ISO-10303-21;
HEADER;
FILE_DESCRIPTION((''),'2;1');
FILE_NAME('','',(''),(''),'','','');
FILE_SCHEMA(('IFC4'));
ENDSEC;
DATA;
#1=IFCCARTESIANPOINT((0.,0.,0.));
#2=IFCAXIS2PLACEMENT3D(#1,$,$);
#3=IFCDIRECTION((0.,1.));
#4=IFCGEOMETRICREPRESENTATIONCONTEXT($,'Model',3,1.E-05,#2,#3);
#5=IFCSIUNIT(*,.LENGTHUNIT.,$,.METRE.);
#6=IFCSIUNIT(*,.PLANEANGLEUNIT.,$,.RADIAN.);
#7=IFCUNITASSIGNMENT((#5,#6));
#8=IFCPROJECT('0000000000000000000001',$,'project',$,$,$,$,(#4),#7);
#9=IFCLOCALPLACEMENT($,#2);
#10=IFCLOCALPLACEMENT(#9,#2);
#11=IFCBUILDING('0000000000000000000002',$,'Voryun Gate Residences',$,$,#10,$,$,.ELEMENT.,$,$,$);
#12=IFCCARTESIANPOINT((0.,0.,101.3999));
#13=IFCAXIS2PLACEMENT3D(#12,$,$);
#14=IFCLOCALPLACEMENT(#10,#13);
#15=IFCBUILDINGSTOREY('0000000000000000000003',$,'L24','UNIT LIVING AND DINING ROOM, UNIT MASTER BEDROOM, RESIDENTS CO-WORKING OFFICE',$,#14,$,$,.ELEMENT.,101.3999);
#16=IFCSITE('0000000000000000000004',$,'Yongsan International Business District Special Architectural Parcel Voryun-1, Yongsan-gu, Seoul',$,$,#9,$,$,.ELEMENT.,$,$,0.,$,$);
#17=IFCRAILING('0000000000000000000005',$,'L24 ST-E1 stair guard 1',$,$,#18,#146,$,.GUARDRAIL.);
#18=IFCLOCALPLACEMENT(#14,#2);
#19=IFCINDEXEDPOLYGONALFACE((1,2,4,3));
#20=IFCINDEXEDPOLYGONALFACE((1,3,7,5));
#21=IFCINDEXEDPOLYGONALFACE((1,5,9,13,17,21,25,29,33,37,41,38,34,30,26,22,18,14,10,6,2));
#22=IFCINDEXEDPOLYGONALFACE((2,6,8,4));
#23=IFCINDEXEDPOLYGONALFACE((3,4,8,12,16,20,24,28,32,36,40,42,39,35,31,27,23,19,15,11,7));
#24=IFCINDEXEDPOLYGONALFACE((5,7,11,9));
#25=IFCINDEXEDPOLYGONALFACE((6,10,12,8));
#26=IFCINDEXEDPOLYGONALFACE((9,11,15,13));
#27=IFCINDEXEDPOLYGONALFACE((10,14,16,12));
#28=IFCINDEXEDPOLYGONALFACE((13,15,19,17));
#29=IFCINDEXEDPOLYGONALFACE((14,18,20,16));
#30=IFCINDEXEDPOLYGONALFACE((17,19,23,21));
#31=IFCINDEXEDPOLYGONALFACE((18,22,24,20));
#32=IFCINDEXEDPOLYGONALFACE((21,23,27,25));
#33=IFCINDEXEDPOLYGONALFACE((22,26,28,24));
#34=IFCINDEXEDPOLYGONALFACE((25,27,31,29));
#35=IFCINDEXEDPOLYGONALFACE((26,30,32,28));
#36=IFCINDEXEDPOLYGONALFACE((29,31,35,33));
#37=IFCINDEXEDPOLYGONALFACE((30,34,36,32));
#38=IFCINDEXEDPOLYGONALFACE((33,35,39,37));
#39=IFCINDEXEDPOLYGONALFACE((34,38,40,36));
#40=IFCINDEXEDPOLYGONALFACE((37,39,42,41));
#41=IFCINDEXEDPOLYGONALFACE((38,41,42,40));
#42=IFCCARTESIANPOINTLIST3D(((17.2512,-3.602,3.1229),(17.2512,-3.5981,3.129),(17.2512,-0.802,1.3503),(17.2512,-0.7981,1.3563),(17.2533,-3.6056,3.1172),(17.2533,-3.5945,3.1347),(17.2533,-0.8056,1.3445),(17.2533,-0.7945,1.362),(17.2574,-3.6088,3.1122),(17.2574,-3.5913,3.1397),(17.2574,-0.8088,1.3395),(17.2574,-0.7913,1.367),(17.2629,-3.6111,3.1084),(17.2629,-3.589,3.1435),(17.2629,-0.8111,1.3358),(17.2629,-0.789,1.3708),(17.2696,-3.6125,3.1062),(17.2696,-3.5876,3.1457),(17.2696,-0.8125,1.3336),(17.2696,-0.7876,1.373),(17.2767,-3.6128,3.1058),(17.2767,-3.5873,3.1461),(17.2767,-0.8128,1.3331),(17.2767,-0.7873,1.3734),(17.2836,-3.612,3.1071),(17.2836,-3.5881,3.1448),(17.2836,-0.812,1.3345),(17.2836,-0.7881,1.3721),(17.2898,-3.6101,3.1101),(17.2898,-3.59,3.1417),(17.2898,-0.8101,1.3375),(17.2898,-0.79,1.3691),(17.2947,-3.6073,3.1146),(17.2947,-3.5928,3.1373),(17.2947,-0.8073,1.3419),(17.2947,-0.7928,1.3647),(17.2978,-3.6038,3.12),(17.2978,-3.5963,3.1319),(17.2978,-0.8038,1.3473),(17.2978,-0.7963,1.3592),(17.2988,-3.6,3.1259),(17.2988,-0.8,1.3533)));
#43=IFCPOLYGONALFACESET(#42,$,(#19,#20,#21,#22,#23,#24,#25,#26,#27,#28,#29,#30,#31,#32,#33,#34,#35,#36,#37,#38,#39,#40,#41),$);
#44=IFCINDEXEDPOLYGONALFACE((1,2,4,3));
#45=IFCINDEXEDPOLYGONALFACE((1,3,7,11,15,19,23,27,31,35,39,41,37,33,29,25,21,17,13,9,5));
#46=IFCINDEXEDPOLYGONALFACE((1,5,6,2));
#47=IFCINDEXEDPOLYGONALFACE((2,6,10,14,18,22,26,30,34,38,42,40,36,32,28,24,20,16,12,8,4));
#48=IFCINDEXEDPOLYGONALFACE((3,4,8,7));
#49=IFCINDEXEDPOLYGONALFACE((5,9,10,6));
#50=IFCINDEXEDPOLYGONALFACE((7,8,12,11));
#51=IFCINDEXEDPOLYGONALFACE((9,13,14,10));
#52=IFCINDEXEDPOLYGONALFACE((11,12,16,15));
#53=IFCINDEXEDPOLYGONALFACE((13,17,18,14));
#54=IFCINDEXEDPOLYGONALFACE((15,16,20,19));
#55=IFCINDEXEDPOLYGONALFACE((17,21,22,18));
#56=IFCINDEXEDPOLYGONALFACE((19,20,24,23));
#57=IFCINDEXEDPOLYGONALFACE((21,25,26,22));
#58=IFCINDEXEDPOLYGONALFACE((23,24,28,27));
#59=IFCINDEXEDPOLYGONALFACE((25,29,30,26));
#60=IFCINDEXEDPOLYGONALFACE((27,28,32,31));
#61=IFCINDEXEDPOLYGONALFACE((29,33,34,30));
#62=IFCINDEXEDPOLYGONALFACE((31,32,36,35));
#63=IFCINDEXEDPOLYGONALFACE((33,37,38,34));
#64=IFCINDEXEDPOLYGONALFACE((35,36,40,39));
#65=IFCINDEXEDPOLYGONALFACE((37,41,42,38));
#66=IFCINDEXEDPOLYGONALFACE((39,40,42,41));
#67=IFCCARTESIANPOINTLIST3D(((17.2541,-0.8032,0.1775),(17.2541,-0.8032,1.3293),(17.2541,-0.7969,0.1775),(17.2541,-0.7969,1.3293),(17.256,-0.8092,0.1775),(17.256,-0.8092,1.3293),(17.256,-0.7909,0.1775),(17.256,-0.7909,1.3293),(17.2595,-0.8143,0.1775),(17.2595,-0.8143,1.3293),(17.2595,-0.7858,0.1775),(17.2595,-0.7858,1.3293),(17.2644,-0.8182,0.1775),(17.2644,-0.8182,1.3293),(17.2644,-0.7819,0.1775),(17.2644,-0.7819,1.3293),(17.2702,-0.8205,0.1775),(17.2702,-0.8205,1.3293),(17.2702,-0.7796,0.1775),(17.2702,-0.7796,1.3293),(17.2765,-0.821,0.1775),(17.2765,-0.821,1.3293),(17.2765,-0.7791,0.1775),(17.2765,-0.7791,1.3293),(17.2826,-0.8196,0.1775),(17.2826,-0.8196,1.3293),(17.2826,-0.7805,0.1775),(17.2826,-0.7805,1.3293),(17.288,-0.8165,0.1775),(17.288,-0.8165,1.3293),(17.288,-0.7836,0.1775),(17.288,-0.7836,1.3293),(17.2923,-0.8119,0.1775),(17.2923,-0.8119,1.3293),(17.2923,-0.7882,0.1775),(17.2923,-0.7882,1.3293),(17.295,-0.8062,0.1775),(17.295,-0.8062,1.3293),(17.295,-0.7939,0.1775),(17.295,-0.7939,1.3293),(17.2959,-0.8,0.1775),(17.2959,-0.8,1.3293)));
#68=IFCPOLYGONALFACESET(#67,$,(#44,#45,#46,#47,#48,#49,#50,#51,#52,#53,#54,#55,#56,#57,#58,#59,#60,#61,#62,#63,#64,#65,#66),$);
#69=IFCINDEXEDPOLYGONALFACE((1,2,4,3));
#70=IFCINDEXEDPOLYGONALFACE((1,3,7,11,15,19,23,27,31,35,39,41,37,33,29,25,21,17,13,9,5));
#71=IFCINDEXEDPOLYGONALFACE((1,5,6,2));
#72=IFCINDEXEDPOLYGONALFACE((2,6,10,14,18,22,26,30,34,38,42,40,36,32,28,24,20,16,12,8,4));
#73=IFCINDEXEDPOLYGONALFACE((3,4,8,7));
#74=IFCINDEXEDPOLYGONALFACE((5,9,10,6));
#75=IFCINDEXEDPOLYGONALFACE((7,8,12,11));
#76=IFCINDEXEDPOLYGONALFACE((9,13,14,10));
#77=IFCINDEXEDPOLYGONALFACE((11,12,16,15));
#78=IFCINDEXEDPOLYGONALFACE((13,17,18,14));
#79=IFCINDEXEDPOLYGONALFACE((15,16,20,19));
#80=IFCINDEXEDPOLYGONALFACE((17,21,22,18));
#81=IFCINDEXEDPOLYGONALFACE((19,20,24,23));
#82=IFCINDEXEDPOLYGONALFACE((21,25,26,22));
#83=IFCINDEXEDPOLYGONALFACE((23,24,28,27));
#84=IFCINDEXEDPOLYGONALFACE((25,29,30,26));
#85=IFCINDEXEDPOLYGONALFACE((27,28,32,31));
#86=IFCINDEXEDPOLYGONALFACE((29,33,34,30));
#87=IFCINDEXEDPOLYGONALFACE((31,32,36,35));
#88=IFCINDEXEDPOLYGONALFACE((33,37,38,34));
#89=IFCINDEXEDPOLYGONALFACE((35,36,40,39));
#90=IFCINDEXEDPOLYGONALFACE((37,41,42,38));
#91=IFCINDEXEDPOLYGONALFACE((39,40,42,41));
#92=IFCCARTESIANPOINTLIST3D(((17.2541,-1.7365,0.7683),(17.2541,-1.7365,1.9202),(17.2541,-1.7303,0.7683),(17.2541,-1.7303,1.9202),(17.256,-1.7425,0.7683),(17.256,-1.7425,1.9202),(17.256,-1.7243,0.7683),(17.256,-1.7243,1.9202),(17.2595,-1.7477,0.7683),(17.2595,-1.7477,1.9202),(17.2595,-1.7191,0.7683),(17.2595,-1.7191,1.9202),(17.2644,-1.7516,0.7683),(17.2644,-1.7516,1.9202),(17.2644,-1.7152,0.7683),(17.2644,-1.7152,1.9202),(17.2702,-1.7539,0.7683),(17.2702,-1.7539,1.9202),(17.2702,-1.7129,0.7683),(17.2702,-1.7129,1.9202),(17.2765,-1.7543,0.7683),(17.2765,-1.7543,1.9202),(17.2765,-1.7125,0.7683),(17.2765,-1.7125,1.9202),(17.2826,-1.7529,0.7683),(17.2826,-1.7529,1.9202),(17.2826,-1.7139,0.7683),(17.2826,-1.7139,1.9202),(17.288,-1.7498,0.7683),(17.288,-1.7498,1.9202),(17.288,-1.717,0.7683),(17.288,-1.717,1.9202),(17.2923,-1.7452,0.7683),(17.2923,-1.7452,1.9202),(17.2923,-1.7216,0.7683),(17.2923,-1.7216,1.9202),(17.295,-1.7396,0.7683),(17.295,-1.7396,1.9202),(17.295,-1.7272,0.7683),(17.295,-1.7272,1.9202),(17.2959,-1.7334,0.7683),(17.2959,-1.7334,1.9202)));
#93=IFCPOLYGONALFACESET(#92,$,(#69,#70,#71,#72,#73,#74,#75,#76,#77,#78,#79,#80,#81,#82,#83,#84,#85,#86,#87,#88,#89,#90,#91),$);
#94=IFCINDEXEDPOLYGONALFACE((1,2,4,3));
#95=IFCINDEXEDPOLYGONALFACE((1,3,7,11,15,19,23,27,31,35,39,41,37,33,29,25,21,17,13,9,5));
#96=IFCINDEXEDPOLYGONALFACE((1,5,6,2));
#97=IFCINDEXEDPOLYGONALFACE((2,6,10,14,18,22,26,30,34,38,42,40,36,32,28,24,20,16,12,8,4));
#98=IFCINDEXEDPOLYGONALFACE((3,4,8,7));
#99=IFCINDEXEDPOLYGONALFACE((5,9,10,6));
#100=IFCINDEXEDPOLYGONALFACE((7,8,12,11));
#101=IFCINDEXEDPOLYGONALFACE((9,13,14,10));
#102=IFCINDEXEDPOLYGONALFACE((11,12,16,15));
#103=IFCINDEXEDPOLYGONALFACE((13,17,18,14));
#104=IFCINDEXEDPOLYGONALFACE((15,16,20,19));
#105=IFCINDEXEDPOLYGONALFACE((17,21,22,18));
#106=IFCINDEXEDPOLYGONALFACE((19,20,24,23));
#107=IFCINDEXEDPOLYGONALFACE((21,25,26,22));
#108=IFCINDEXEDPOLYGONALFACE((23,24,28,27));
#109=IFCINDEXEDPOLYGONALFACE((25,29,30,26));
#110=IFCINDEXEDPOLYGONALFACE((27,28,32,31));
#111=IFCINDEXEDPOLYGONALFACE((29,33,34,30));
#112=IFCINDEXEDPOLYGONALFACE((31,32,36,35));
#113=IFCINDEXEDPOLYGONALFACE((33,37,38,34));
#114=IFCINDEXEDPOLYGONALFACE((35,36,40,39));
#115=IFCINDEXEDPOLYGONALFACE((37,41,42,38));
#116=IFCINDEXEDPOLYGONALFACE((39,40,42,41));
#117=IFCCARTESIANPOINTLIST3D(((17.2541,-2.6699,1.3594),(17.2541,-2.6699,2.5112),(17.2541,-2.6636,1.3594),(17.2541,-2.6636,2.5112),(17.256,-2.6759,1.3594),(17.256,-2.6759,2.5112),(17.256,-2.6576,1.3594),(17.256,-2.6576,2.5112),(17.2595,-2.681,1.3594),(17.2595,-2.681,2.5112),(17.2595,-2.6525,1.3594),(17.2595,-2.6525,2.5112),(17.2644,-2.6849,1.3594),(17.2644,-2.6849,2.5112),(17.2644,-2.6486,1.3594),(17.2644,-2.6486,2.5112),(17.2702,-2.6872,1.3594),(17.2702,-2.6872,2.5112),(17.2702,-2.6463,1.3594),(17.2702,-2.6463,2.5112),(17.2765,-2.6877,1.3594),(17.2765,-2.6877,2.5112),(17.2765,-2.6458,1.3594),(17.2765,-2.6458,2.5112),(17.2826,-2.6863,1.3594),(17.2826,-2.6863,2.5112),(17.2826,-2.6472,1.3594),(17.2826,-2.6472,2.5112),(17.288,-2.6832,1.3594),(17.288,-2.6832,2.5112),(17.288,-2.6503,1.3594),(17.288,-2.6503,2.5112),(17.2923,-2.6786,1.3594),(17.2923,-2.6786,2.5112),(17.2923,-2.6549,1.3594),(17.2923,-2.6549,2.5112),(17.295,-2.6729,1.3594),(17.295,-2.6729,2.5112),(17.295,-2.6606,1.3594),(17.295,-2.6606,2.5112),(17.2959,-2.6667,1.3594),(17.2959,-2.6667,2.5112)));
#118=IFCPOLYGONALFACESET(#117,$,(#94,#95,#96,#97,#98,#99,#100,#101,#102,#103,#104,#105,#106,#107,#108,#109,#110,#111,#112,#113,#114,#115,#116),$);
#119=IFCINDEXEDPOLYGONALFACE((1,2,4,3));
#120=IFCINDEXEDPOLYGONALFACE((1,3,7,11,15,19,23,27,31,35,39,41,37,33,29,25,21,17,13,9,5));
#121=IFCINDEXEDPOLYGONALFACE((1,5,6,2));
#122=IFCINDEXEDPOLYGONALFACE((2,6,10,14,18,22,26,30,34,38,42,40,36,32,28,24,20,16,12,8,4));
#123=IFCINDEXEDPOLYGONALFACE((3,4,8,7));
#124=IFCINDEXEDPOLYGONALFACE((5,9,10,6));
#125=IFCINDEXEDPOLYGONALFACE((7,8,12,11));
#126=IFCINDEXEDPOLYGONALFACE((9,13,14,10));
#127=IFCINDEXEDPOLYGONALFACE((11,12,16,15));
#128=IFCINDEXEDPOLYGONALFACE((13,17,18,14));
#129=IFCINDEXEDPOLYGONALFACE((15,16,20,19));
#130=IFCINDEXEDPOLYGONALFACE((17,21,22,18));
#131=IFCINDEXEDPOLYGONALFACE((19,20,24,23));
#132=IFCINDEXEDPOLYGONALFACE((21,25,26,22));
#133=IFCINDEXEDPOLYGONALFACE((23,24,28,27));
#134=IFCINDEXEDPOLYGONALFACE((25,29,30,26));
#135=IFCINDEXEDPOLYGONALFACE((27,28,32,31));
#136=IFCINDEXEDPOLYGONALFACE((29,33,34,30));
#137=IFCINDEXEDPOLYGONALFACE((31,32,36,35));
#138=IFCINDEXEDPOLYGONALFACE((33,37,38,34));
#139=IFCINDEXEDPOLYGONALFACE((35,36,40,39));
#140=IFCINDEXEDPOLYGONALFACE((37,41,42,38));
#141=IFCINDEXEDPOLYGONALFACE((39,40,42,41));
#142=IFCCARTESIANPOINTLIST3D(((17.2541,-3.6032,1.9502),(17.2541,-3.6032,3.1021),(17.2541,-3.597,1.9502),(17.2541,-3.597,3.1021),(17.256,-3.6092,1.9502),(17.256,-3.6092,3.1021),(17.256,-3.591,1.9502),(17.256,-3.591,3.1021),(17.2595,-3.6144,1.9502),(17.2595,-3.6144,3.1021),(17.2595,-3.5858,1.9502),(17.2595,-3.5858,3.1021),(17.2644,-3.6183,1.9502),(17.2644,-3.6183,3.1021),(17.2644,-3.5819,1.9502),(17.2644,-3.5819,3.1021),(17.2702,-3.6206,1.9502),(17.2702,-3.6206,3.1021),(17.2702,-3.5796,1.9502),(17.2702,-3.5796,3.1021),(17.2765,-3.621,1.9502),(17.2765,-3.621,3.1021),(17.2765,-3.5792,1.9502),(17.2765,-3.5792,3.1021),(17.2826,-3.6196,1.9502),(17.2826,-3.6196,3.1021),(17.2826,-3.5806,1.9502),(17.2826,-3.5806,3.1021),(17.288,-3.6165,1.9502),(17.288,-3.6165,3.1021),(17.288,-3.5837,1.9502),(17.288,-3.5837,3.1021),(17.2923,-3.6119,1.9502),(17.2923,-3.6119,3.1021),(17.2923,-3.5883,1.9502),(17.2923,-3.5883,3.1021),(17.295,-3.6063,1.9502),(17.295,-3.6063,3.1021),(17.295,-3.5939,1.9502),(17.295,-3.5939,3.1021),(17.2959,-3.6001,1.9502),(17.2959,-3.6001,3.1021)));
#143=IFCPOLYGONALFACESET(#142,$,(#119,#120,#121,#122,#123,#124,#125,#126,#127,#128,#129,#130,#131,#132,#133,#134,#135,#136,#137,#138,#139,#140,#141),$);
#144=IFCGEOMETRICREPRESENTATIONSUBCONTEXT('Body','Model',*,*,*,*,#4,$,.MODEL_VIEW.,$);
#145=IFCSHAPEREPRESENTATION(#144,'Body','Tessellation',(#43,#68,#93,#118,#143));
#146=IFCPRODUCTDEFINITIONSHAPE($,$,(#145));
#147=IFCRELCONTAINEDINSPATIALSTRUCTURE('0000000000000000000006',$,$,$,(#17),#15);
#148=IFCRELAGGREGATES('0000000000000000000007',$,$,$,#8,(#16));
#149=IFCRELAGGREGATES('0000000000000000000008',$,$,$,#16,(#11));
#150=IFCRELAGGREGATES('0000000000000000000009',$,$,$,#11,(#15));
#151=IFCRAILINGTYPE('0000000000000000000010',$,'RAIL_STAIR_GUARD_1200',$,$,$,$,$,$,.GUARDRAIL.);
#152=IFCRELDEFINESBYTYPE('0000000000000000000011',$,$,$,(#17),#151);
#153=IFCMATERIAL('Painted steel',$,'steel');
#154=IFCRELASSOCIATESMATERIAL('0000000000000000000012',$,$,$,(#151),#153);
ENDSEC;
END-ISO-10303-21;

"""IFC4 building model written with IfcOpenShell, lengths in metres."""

from ifc_helpers import new_model, si_unit, direction, frame, origin, origin_2d, place, context, subcontext, project, spatial, circle, extrude, material, type_object, element, save


model = new_model("IFC4")

# Units and contexts
model_context = context("Model", 3, precision=1e-05, world=origin(), true_north=direction((0.0, 1.0)))
body_context = subcontext(model_context, "Body", "Model", "MODEL_VIEW")
ifc_project = project(units=[si_unit("LENGTHUNIT", "METRE"), si_unit("PLANEANGLEUNIT", "RADIAN")], contexts=[model_context])

# Site, building, storey
site_placement = place(None, origin())
site = spatial("IfcSite", under=ifc_project, at=site_placement, Name="Yongsan International Business District Special Architectural Parcel Voryun-1, Yongsan-gu, Seoul", CompositionType="ELEMENT", RefElevation=0.0)
building_placement = place(site_placement, origin())
building = spatial("IfcBuilding", under=site, at=building_placement, Name="Voryun Gate Residences", CompositionType="ELEMENT")
storey_placement = place(building_placement, frame((0.0, 0.0, 101.3999)))
storey = spatial("IfcBuildingStorey", under=building, at=storey_placement, Name="L24", Description="UNIT LIVING AND DINING ROOM, UNIT MASTER BEDROOM, RESIDENTS CO-WORKING OFFICE", CompositionType="ELEMENT", Elevation=101.3999)

# Railing
ifc_material_1 = material(Name="Painted steel", Category="steel")
railing_type_1 = type_object("IfcRailingType", Name="RAIL_STAIR_GUARD_1200", PredefinedType="GUARDRAIL", material=ifc_material_1)
railing_1_placement = place(storey_placement, frame((17.2749, -0.8, 0.1775)))
element("IfcRailing", 1, at=railing_1_placement, inside=storey, type_object=railing_type_1, Name="L24 ST-E1 stair guard 1", PredefinedType="GUARDRAIL", context=body_context, shape_type="SweptSolid", body=[
    extrude(circle(Radius=0.0239, at=origin_2d()), frame((0.0, 0.0, 1.1758), z_axis=(0.0, -0.844909, 0.53491), x_axis=(1.0, 0.0, 0.0)), (0.0, 0.0, 1.0), 3.314),
    extrude(circle(Radius=0.021, at=origin_2d()), origin(), (0.0, 0.0, 1.0), 1.1519),
    extrude(circle(Radius=0.021, at=origin_2d()), frame((0.0, -0.9333, 0.5908)), (0.0, 0.0, 1.0), 1.1519),
    extrude(circle(Radius=0.021, at=origin_2d()), frame((0.0, -1.8667, 1.1819)), (0.0, 0.0, 1.0), 1.1519),
    extrude(circle(Radius=0.021, at=origin_2d()), frame((0.0, -2.8, 1.7727)), (0.0, 0.0, 1.0), 1.1519),
])

save(model, "model.ifc")
